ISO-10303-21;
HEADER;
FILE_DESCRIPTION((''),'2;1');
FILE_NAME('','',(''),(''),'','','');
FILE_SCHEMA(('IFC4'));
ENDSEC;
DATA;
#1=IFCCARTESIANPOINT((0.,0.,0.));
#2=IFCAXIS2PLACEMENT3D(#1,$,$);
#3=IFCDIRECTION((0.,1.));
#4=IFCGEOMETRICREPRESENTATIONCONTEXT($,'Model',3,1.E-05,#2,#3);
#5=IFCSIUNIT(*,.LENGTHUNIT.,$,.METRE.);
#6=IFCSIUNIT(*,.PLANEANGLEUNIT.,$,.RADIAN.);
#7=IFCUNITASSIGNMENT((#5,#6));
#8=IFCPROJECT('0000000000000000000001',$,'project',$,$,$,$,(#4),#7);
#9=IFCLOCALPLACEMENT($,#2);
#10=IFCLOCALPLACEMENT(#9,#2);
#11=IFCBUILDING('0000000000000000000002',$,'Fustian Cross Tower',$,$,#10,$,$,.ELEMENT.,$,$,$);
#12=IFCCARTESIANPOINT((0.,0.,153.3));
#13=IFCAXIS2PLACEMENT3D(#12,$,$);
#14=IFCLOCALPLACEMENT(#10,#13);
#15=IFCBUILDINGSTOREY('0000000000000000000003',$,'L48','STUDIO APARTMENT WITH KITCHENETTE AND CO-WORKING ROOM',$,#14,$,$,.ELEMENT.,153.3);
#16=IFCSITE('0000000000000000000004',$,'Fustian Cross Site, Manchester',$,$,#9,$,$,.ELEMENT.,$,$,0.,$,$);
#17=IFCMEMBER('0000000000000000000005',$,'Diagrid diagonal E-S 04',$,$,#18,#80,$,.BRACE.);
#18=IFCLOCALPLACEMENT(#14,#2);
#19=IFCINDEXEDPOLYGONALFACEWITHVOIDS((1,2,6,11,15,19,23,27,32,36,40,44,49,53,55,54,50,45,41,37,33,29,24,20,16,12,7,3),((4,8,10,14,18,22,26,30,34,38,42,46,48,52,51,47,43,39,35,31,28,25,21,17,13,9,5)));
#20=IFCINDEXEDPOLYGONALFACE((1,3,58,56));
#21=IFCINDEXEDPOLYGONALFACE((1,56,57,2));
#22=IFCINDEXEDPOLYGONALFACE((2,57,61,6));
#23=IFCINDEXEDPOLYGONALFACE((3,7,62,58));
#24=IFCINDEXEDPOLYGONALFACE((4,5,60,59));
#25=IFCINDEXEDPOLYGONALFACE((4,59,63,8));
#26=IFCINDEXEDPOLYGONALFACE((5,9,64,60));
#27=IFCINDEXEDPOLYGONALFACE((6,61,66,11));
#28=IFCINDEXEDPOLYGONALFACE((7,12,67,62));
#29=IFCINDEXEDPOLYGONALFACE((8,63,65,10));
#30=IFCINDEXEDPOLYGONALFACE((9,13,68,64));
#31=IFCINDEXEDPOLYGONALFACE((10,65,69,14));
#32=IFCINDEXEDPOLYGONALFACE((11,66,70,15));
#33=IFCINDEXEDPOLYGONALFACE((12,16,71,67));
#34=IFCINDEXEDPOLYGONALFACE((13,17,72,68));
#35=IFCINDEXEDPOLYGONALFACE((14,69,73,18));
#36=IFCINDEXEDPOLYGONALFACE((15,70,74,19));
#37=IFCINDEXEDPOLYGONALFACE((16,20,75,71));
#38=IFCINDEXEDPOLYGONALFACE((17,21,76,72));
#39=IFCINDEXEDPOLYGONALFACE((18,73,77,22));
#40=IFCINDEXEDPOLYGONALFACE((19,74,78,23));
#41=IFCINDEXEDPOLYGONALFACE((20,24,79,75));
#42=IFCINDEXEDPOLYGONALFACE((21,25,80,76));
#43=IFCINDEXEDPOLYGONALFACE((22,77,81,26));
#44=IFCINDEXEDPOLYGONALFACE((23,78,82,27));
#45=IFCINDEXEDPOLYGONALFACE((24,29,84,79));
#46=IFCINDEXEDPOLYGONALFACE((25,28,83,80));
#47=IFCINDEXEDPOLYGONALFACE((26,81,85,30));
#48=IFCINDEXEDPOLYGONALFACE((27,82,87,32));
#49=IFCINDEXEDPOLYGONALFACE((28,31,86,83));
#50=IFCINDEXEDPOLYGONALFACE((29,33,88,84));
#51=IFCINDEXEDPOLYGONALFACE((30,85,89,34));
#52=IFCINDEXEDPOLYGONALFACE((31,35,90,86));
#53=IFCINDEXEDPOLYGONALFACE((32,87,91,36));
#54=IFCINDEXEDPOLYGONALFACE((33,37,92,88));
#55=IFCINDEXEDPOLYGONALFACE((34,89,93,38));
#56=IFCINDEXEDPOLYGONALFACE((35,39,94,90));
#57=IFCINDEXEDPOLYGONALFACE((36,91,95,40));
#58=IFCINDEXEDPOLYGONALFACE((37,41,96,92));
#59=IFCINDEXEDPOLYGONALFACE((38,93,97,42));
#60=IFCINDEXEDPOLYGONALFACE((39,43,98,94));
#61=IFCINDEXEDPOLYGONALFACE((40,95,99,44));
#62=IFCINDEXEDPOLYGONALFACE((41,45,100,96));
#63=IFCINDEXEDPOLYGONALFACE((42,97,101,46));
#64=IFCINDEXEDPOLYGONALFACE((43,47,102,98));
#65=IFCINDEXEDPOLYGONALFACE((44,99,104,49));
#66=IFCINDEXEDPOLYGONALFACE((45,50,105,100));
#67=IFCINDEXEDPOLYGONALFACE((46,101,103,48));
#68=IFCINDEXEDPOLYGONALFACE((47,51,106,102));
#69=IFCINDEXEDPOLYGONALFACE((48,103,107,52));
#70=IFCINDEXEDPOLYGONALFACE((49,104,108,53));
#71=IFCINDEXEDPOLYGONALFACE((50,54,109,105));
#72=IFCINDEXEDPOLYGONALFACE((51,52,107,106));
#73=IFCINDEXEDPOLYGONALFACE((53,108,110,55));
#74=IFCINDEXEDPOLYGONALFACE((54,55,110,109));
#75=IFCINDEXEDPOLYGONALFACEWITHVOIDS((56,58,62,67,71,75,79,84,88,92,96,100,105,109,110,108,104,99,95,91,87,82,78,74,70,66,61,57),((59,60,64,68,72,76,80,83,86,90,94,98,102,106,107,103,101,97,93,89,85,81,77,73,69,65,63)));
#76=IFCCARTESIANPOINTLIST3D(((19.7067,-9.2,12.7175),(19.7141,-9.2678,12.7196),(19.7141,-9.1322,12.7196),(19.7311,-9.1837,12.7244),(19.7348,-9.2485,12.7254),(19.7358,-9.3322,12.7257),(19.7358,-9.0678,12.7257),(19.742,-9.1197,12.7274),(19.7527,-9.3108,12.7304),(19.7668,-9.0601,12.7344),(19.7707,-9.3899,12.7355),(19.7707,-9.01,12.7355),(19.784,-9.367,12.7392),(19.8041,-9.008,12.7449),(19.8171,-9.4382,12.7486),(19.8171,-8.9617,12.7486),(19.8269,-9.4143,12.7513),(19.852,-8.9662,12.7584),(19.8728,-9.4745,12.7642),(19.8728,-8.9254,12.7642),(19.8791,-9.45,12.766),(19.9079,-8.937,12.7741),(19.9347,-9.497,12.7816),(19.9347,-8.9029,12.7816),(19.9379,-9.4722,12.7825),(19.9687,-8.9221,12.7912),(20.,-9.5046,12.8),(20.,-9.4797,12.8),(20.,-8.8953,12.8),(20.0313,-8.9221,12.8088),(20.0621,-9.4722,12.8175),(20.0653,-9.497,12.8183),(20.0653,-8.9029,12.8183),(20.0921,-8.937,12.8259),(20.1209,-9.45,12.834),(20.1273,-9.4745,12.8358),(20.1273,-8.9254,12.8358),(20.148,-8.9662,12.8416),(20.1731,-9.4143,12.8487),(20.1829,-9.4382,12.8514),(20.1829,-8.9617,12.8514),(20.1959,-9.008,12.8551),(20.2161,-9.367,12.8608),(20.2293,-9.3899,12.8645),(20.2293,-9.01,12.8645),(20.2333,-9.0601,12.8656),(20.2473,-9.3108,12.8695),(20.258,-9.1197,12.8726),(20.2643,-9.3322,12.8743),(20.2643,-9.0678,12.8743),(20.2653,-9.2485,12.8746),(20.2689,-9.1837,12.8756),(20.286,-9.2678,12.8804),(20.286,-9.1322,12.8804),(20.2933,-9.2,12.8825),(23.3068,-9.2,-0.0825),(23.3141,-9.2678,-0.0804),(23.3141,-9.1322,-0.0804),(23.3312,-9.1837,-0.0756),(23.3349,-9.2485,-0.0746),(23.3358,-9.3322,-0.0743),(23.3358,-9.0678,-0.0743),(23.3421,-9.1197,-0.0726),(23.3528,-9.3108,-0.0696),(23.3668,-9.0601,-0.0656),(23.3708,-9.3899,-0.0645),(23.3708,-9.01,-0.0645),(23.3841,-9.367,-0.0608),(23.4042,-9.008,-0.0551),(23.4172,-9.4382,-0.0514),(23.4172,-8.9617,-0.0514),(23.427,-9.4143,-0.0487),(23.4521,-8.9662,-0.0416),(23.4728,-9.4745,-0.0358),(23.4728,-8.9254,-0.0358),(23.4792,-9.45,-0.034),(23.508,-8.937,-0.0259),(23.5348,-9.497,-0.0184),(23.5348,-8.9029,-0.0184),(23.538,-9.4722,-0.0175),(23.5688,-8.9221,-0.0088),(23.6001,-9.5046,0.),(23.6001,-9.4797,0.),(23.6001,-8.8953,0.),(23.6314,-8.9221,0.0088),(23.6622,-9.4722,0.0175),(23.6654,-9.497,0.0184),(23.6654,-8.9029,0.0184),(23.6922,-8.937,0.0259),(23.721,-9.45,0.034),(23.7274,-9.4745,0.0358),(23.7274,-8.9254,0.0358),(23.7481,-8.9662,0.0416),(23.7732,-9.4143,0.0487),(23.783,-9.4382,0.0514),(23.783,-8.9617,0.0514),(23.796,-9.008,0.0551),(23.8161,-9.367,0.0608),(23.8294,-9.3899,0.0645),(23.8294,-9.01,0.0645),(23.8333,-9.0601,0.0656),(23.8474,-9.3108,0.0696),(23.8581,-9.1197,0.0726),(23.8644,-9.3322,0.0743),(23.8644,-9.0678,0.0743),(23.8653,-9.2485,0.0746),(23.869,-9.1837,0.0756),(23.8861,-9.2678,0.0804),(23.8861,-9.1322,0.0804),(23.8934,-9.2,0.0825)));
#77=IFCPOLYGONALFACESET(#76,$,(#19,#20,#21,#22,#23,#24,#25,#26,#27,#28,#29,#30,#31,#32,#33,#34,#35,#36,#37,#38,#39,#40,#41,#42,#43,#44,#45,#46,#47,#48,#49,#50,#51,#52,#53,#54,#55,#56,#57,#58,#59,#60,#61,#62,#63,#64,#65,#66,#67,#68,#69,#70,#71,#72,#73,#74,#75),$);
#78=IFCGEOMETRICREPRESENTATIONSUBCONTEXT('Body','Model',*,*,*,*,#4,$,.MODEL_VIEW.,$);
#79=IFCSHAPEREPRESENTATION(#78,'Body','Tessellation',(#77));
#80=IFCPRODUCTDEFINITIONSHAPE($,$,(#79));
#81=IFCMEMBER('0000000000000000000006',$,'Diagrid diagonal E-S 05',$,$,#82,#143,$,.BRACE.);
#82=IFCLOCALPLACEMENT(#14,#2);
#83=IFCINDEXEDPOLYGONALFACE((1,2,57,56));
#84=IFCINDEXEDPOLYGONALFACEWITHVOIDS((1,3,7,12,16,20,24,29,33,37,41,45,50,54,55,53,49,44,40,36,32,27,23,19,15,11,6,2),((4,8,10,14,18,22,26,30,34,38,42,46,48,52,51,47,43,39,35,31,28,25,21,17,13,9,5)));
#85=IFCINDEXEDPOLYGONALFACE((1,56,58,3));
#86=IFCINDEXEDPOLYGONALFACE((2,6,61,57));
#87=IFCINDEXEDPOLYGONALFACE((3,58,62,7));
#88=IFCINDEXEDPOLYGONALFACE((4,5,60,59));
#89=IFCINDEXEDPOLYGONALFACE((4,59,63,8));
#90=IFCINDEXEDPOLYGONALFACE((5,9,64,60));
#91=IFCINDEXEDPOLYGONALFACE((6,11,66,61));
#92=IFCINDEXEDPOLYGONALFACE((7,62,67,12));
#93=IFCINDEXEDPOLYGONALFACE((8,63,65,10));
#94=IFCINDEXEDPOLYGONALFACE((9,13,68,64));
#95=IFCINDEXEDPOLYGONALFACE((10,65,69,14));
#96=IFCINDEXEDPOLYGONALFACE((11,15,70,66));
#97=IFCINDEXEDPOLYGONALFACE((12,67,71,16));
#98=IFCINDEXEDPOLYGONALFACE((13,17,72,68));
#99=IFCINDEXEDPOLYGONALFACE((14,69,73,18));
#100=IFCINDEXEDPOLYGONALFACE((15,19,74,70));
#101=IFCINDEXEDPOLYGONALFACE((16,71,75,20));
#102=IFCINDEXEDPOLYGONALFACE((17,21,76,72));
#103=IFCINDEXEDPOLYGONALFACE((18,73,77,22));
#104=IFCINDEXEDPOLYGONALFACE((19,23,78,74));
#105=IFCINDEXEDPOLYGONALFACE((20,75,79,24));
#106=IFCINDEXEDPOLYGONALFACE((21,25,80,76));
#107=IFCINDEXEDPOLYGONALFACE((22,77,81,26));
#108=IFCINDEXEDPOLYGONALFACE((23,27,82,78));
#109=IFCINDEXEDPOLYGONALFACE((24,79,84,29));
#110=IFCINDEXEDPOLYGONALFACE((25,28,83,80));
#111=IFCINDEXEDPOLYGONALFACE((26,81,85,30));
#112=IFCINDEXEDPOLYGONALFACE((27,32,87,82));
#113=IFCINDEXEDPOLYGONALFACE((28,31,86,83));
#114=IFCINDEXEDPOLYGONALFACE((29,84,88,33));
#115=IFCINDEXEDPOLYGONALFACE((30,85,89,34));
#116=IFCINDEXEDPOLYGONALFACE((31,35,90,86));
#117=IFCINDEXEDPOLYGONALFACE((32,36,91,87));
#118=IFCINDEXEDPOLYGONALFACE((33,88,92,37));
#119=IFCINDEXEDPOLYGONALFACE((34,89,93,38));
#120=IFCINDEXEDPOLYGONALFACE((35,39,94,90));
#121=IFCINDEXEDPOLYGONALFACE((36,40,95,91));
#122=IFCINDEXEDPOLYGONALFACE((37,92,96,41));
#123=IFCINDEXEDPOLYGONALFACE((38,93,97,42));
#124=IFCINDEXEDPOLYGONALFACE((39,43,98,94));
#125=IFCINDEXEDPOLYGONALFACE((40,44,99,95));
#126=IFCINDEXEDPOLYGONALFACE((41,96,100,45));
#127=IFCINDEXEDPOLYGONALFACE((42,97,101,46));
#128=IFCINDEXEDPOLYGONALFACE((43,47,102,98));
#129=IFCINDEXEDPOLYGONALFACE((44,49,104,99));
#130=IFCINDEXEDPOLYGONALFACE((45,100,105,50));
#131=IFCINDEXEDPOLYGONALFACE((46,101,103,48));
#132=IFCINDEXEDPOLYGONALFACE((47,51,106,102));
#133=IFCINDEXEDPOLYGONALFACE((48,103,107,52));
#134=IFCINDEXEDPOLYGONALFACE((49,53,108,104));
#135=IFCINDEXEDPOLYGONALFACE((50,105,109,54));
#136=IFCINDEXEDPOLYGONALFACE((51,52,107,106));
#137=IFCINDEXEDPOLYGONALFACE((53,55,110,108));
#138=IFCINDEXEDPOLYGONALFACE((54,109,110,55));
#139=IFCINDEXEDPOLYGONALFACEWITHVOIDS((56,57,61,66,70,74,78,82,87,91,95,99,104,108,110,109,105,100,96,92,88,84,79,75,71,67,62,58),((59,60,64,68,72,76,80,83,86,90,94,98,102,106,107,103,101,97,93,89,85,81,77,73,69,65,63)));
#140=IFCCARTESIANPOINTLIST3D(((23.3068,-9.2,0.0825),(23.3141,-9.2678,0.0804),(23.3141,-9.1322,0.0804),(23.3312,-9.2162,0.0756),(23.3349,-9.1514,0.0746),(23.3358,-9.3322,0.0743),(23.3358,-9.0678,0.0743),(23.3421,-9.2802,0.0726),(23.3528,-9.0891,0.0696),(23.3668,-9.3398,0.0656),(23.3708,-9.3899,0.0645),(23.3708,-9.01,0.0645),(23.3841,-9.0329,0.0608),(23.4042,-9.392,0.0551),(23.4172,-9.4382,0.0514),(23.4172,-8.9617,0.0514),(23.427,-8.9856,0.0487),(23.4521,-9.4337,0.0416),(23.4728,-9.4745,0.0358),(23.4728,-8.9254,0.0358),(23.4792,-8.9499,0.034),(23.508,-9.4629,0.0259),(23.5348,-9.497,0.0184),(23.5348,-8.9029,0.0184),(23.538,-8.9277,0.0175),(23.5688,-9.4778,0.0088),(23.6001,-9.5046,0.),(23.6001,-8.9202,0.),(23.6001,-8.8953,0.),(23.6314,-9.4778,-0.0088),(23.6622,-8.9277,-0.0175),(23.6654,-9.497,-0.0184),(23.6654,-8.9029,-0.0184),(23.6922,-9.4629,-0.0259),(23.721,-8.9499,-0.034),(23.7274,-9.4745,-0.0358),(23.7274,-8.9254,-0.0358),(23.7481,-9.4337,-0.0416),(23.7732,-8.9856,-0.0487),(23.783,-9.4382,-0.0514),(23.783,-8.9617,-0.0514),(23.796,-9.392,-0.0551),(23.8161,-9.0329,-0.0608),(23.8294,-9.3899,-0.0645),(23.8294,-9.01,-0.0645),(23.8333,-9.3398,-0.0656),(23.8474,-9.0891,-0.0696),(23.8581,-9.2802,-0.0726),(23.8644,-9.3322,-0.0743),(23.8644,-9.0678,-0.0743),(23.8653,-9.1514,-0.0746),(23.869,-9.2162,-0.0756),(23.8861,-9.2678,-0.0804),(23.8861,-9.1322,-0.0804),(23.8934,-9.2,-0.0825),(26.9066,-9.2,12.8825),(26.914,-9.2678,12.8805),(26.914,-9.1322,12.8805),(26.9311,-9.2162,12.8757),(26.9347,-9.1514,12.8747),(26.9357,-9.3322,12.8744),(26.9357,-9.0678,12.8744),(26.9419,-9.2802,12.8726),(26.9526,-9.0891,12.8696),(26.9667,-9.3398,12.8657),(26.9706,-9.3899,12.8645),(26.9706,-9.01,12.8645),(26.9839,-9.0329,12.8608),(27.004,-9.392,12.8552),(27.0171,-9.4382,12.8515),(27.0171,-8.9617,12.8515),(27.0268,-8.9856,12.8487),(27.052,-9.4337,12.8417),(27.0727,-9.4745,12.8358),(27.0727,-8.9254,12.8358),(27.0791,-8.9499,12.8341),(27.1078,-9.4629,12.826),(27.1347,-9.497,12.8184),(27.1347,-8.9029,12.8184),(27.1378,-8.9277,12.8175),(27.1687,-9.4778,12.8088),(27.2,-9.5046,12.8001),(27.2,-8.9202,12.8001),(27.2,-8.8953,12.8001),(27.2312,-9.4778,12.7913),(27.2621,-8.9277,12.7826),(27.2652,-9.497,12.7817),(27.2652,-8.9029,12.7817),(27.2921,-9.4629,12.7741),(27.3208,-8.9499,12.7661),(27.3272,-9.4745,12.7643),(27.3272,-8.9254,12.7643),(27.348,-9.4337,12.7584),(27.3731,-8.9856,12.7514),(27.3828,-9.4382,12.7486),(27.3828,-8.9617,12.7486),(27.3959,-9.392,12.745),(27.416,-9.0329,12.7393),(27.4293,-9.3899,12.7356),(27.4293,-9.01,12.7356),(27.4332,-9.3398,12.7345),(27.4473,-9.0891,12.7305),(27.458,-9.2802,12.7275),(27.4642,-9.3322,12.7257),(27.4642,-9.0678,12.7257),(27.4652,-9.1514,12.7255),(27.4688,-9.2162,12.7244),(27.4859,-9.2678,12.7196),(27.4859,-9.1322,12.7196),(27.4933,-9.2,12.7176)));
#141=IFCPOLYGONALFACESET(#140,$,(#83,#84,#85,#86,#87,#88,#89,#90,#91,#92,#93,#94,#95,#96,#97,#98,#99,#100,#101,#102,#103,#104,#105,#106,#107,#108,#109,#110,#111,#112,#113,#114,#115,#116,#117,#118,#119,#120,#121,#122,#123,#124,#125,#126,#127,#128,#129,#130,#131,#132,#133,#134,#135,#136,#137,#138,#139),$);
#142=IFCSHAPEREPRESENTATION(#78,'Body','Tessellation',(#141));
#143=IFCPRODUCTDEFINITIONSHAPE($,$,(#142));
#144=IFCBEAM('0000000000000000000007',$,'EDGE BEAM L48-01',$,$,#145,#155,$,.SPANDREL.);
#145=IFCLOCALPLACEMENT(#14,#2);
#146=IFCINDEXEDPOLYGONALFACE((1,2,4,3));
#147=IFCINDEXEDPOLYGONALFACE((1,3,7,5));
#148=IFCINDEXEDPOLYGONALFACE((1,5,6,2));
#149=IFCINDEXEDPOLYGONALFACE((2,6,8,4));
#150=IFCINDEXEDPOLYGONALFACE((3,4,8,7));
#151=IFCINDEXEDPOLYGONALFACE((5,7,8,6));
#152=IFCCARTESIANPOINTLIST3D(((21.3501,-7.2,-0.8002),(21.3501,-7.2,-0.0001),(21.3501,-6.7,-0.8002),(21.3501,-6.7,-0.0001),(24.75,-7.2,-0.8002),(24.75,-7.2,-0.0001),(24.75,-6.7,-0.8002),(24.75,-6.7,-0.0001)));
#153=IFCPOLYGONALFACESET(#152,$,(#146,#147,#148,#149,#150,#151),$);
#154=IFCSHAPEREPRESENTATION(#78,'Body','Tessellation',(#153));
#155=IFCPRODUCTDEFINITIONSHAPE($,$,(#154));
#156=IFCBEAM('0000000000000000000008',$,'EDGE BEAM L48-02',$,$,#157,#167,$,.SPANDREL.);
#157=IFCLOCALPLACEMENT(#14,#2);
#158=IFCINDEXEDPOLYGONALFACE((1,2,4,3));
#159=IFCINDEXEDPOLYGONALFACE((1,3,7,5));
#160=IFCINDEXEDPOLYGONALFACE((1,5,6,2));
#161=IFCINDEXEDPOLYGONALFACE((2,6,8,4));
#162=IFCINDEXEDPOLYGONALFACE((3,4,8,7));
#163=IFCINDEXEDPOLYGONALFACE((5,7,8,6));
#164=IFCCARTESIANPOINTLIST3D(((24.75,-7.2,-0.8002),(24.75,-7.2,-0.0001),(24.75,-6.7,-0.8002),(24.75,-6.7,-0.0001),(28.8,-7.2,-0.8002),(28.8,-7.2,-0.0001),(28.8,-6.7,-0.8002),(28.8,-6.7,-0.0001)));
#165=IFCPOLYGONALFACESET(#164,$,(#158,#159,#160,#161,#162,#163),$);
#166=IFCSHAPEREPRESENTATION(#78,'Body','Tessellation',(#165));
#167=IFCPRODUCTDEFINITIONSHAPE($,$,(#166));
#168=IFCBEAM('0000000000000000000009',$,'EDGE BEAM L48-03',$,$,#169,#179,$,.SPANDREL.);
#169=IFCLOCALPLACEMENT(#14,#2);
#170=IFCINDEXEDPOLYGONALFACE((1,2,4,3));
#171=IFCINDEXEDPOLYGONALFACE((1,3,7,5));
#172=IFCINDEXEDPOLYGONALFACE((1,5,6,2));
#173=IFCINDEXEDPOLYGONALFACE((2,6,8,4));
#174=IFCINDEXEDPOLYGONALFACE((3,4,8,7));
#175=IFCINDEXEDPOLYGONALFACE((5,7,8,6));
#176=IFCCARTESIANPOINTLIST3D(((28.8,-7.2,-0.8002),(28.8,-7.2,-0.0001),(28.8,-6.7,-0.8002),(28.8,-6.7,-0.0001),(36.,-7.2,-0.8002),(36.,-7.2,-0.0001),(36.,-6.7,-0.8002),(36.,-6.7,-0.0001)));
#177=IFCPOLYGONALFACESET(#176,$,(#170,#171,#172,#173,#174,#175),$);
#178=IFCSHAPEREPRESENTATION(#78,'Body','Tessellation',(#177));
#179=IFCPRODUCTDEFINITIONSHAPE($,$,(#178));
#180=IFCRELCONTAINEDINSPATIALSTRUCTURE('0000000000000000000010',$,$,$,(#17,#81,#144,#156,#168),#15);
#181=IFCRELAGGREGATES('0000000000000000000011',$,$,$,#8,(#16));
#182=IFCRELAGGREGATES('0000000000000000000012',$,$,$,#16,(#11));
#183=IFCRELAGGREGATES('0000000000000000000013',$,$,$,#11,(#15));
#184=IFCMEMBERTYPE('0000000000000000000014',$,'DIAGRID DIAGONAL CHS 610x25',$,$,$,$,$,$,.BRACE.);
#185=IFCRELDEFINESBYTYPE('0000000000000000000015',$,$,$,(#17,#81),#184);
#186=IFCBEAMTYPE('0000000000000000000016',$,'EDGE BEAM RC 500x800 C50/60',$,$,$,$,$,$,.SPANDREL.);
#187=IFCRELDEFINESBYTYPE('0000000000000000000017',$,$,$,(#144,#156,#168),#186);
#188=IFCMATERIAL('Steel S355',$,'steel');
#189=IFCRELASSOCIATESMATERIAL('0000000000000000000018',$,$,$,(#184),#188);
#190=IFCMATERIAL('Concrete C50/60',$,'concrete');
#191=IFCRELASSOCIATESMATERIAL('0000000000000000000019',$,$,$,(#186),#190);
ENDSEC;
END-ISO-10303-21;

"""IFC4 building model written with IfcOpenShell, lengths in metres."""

from ifc_helpers import new_model, si_unit, direction, frame, origin, origin_2d, place, context, subcontext, project, spatial, rectangle, hollow_circle, extrude, material, material_profile, profile_set, type_object, element, save


model = new_model("IFC4")

# Units and contexts
model_context = context("Model", 3, precision=1e-05, world=origin(), true_north=direction((0.0, 1.0)))
body_context = subcontext(model_context, "Body", "Model", "MODEL_VIEW")
ifc_project = project(units=[si_unit("LENGTHUNIT", "METRE"), si_unit("PLANEANGLEUNIT", "RADIAN")], contexts=[model_context])

# Site, building, storey
site_placement = place(None, origin())
site = spatial("IfcSite", under=ifc_project, at=site_placement, Name="Fustian Cross Site, Manchester", CompositionType="ELEMENT", RefElevation=0.0)
building_placement = place(site_placement, origin())
building = spatial("IfcBuilding", under=site, at=building_placement, Name="Fustian Cross Tower", CompositionType="ELEMENT")
storey_placement = place(building_placement, frame((0.0, 0.0, 153.3)))
storey = spatial("IfcBuildingStorey", under=building, at=storey_placement, Name="L48", Description="STUDIO APARTMENT WITH KITCHENETTE AND CO-WORKING ROOM", CompositionType="ELEMENT", Elevation=153.3)

# Members
ifc_material_1 = material(Name="Steel S355", Category="steel")
ifc_material_profile_1 = material_profile(ifc_material_1, hollow_circle(Radius=0.3047, WallThickness=0.0249, at=origin_2d()), Name="CHS 610x25")
ifc_profile_set_1 = profile_set([ifc_material_profile_1], Name="Steel S355")
member_type = type_object("IfcMemberType", Name="DIAGRID DIAGONAL CHS 610x25", PredefinedType="BRACE", material=ifc_profile_set_1)
for number, where, z_axis, x_axis, name in (
    (1, (23.6001, -9.2, 0.0), (-0.270751, 0.0, 0.962649), (0.0, -1.0, 0.0), "Diagrid diagonal E-S 04"),
    (2, (23.6001, -9.2, 0.0), (0.270734, 0.0, 0.962654), (0.0, 1.0, 0.0), "Diagrid diagonal E-S 05"),
):
    element("IfcMember", number, at=place(storey_placement, frame(where, z_axis=z_axis, x_axis=x_axis)), inside=storey, type_object=member_type, Name=name, PredefinedType="BRACE", context=body_context, shape_type="SweptSolid", body=[
        extrude(hollow_circle(Radius=0.3047, WallThickness=0.0249, at=origin_2d()), origin(), (0.0, 0.0, 1.0), 13.2966),
    ])

# Beams
ifc_material_2 = material(Name="Concrete C50/60", Category="concrete")
ifc_material_profile_2 = material_profile(ifc_material_2, rectangle(XDim=0.5, YDim=0.8, at=origin_2d()), Name="RC 500x800")
ifc_profile_set_2 = profile_set([ifc_material_profile_2], Name="Concrete C50/60")
beam_type = type_object("IfcBeamType", Name="EDGE BEAM RC 500x800 C50/60", PredefinedType="SPANDREL", material=ifc_profile_set_2)
beam_1_placement = place(storey_placement, frame((21.3501, -6.95, -0.4001), z_axis=(1.0, 0.0, 0.0), x_axis=(0.0, 1.0, 0.0)))
element("IfcBeam", 3, at=beam_1_placement, inside=storey, type_object=beam_type, Name="EDGE BEAM L48-01", PredefinedType="SPANDREL", context=body_context, shape_type="SweptSolid", body=[
    extrude(rectangle(XDim=0.5, YDim=0.8, at=origin_2d()), origin(), (0.0, 0.0, 1.0), 3.3999),
])
beam_2_placement = place(storey_placement, frame((24.75, -6.95, -0.4001), z_axis=(1.0, 0.0, 0.0), x_axis=(0.0, 1.0, 0.0)))
element("IfcBeam", 4, at=beam_2_placement, inside=storey, type_object=beam_type, Name="EDGE BEAM L48-02", PredefinedType="SPANDREL", context=body_context, shape_type="SweptSolid", body=[
    extrude(rectangle(XDim=0.5, YDim=0.8, at=origin_2d()), origin(), (0.0, 0.0, 1.0), 4.05),
])
beam_3_placement = place(storey_placement, frame((28.8, -6.95, -0.4001), z_axis=(1.0, 0.0, 0.0), x_axis=(0.0, 1.0, 0.0)))
element("IfcBeam", 5, at=beam_3_placement, inside=storey, type_object=beam_type, Name="EDGE BEAM L48-03", PredefinedType="SPANDREL", context=body_context, shape_type="SweptSolid", body=[
    extrude(rectangle(XDim=0.5, YDim=0.8, at=origin_2d()), origin(), (0.0, 0.0, 1.0), 7.2),
])

save(model, "model.ifc")
